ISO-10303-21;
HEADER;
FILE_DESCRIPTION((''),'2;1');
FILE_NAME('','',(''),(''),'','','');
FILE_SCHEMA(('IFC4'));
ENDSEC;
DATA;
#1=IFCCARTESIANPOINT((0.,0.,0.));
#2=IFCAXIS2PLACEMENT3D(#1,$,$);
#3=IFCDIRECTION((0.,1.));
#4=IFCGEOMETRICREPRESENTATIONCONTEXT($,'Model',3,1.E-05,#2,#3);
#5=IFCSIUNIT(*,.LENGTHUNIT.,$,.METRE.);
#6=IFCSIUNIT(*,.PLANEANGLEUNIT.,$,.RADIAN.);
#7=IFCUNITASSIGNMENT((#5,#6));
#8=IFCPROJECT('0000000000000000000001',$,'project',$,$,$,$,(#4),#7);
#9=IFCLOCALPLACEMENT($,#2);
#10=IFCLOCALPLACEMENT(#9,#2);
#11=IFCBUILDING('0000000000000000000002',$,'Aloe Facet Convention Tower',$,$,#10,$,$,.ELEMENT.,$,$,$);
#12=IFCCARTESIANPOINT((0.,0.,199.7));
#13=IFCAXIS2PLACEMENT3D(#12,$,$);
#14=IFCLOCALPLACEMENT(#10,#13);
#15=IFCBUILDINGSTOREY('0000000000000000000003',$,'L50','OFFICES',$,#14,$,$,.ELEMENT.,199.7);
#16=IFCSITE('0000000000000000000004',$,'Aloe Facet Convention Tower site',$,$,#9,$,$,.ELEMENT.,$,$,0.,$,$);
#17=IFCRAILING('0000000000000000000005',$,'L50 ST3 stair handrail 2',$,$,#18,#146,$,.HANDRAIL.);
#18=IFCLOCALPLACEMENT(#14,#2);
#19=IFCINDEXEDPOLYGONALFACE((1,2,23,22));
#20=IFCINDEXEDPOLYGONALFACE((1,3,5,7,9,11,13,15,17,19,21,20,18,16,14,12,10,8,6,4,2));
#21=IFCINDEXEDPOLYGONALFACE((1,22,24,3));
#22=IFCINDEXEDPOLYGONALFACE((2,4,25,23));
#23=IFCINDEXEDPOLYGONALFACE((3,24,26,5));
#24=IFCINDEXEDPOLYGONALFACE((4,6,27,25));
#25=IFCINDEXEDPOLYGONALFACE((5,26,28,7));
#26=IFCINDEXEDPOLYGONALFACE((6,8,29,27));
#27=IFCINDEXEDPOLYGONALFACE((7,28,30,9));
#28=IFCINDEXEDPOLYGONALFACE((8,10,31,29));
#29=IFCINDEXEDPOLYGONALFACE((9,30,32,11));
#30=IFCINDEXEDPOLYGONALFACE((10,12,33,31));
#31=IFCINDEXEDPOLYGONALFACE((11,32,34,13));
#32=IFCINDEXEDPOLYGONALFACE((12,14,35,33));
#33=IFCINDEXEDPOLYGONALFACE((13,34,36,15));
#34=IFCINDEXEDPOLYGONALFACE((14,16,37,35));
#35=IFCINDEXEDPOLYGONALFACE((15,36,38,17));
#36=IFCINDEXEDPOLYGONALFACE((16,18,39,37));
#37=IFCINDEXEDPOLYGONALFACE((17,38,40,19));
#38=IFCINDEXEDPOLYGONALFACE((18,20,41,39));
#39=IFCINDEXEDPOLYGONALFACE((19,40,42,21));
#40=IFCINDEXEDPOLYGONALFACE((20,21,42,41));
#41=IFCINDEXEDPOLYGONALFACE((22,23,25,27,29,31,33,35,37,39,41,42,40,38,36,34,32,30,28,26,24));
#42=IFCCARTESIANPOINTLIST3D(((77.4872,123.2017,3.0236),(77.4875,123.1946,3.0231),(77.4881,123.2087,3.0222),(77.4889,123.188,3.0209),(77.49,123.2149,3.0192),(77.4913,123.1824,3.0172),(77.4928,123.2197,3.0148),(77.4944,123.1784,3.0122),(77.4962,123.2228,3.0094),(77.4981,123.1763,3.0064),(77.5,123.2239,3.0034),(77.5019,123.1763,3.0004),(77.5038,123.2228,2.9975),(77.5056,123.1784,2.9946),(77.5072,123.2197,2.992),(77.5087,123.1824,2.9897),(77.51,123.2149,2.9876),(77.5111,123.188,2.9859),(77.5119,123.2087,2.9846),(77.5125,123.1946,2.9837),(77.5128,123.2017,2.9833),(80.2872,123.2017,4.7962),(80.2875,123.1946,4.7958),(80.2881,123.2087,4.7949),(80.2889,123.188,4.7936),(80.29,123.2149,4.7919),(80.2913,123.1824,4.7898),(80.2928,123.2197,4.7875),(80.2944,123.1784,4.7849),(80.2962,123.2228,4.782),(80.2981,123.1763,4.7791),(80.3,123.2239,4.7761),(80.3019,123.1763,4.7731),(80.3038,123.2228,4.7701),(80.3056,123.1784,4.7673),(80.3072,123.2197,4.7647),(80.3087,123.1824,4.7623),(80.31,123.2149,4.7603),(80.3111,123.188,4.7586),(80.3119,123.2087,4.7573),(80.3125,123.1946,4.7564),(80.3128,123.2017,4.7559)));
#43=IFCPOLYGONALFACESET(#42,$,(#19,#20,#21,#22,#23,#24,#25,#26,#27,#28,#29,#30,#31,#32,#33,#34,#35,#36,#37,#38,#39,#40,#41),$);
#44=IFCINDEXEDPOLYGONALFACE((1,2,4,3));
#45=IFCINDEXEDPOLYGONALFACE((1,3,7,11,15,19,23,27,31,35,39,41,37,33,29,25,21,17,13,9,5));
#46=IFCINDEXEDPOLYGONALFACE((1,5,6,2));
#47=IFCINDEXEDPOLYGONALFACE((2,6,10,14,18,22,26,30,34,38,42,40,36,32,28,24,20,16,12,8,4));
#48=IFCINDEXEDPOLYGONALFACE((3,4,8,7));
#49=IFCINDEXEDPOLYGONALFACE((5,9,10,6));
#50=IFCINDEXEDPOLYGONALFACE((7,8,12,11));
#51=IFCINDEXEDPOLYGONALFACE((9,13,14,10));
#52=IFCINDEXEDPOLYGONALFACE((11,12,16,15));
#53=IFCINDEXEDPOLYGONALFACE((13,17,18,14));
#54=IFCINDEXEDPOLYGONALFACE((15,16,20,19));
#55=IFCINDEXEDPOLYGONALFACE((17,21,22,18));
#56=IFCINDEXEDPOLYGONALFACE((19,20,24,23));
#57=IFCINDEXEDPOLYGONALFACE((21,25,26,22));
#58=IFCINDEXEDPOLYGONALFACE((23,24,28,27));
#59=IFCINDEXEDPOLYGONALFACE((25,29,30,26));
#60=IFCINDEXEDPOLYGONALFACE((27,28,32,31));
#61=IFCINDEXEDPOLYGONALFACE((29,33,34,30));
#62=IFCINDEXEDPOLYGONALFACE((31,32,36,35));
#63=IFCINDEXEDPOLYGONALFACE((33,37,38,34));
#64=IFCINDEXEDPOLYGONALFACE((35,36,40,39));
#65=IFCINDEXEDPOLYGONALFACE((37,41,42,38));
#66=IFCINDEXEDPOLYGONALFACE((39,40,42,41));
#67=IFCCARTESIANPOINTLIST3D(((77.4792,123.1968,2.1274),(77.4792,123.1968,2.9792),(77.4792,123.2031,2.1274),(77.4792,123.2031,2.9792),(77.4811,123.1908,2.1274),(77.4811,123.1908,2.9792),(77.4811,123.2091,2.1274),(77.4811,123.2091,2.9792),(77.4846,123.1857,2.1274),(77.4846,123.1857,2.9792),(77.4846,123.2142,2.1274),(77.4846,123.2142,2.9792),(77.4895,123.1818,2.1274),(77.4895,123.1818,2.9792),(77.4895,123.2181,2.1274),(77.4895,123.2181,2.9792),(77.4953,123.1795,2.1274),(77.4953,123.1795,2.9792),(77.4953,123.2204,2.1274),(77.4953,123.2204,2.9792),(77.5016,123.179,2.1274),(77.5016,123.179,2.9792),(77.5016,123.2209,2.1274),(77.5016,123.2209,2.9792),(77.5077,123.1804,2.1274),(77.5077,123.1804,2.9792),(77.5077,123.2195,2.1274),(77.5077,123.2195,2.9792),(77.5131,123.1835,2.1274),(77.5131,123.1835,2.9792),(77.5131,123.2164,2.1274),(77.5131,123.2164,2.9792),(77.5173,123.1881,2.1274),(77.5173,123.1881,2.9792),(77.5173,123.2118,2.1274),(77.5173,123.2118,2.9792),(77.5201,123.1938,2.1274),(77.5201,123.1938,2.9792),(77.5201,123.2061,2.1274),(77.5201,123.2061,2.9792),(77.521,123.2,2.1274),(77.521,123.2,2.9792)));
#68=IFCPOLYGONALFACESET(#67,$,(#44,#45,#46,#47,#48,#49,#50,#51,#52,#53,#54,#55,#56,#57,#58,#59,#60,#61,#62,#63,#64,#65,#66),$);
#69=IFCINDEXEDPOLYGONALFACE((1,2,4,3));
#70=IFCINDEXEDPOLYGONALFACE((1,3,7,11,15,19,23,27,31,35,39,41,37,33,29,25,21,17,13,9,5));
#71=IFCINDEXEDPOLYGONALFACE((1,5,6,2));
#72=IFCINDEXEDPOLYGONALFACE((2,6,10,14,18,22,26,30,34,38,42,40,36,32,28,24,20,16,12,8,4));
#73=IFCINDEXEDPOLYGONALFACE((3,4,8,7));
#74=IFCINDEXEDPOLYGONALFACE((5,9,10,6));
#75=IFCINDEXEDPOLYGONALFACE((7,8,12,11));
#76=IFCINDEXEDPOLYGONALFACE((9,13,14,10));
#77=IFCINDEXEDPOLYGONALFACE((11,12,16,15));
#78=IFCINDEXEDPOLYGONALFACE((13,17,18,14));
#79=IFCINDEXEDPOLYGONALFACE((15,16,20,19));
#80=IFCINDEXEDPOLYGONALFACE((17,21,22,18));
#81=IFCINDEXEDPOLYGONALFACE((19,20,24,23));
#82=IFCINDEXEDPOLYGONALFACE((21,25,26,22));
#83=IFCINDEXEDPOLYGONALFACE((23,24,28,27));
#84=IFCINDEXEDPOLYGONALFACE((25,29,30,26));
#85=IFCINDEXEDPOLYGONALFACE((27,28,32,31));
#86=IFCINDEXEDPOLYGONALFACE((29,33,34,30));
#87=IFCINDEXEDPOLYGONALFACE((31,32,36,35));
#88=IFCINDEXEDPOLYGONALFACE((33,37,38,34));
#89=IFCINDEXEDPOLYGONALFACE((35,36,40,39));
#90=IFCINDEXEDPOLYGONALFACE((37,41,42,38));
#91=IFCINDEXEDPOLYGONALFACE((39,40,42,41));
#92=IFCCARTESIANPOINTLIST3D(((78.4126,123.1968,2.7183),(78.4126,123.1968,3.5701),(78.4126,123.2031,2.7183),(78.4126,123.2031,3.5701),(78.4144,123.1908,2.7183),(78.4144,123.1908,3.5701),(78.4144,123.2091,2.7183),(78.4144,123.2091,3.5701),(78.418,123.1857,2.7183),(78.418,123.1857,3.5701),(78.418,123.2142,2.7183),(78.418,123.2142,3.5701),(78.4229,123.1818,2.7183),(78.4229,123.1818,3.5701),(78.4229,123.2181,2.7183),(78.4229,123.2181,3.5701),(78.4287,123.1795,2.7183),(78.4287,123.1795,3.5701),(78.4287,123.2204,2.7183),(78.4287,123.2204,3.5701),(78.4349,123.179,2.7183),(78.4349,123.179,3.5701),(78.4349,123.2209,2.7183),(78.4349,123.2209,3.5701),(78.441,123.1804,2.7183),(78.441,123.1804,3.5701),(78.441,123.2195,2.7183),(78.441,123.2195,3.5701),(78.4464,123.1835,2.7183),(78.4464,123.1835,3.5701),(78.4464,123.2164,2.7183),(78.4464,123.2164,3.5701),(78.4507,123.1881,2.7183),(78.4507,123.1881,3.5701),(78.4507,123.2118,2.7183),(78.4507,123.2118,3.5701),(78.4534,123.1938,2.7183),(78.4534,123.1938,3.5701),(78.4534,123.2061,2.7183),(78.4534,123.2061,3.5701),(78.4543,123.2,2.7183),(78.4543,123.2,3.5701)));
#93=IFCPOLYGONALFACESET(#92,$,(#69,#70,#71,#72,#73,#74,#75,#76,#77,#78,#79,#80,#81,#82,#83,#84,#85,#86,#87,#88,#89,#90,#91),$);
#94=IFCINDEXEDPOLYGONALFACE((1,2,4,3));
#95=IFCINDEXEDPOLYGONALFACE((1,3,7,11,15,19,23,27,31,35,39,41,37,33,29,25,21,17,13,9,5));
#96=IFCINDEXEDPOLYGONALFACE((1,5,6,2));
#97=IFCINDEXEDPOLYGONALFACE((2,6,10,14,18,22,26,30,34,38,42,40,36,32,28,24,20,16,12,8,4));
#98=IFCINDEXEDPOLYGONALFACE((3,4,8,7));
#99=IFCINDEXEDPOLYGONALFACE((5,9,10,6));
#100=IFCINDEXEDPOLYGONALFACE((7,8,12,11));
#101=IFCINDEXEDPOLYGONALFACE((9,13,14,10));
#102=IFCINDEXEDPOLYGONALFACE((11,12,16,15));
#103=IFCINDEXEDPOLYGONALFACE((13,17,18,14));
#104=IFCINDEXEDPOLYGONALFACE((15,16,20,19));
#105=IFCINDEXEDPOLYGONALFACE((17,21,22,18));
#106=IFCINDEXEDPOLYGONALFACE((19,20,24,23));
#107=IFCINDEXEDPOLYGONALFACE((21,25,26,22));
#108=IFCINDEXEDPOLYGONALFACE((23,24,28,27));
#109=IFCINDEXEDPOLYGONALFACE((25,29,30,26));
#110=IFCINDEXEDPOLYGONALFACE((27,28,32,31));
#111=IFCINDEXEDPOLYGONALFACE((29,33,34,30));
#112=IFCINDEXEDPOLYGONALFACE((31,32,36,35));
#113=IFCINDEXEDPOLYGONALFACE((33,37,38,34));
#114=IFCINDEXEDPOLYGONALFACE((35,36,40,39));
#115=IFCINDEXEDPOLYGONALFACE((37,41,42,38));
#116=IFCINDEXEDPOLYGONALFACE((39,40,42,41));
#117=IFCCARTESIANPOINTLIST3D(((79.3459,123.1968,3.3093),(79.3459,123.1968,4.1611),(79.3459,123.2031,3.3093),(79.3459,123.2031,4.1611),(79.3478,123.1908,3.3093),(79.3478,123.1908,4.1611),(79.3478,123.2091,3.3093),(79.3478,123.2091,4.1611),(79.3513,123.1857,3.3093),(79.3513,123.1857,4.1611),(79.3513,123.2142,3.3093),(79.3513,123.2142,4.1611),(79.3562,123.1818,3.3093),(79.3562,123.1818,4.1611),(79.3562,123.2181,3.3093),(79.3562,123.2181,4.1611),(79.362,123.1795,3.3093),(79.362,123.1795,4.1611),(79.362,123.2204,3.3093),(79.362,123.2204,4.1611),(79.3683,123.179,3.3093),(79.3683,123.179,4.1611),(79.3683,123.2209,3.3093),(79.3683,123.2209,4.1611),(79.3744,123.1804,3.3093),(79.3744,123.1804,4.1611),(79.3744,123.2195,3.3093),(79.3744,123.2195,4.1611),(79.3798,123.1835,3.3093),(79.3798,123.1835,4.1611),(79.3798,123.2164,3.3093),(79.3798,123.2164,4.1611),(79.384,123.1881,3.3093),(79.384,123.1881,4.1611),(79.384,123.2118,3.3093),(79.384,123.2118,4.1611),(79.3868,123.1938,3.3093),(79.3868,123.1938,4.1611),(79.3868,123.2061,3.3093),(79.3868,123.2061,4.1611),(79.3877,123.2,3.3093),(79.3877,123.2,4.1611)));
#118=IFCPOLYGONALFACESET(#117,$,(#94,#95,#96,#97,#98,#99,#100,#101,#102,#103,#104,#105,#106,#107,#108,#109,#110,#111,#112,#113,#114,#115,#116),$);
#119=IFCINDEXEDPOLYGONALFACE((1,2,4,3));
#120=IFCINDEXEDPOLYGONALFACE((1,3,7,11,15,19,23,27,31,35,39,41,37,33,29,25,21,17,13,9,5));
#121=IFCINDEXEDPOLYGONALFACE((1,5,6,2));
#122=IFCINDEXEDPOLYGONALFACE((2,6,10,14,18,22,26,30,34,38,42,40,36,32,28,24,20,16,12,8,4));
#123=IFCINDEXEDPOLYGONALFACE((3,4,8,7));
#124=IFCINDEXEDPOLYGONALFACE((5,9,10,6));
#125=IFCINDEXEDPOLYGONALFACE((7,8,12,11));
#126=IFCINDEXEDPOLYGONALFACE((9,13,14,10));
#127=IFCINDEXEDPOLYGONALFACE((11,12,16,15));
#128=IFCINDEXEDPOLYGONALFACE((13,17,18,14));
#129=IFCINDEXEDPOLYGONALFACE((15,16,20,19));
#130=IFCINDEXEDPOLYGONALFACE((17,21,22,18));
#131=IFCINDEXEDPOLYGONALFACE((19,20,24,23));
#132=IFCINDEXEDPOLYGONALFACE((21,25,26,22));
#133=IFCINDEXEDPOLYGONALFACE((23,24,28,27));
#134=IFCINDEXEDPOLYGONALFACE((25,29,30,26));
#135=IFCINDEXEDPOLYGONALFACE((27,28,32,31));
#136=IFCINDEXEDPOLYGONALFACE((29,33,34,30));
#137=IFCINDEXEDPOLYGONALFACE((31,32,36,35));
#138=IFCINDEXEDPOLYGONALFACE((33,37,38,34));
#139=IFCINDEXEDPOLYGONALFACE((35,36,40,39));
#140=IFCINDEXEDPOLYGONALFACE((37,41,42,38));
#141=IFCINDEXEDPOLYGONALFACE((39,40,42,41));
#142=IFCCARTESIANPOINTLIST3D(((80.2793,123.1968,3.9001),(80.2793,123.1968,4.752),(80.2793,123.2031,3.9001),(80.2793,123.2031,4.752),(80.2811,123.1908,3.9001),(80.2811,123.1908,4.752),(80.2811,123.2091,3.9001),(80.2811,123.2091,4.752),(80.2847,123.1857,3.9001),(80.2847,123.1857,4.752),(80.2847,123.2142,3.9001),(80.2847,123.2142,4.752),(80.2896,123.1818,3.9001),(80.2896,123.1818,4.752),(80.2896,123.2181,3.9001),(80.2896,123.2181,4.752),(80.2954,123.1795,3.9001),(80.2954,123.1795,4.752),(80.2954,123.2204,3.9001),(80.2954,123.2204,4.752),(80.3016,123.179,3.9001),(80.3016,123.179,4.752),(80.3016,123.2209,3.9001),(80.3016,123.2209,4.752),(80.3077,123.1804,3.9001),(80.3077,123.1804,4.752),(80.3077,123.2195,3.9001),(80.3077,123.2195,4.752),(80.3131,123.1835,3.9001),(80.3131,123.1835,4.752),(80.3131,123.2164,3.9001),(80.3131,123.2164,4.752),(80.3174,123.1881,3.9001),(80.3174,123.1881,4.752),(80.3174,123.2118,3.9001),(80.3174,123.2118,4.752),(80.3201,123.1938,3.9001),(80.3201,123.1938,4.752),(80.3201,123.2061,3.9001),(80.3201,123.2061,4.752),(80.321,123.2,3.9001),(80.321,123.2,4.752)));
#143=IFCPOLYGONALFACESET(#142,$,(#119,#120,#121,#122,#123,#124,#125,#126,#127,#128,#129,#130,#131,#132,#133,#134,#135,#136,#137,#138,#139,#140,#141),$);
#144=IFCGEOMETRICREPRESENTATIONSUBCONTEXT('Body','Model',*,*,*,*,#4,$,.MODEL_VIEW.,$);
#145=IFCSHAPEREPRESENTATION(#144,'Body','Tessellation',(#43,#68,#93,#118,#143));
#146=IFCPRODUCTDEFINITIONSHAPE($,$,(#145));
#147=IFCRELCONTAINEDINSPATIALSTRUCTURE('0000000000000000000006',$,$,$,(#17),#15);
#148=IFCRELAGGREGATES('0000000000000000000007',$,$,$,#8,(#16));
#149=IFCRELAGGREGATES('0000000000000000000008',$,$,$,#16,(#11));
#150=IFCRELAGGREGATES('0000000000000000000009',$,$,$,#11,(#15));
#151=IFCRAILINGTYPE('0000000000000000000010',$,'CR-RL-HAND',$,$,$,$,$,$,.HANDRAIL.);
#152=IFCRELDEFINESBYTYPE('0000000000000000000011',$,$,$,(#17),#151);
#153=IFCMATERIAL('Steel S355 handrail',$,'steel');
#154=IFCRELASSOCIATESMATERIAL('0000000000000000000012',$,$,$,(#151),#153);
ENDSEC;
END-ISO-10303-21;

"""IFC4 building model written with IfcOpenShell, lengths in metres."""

from ifc_helpers import new_model, si_unit, direction, frame, origin, origin_2d, place, context, subcontext, project, spatial, circle, extrude, material, type_object, element, save


model = new_model("IFC4")

# Units and contexts
model_context = context("Model", 3, precision=1e-05, world=origin(), true_north=direction((0.0, 1.0)))
body_context = subcontext(model_context, "Body", "Model", "MODEL_VIEW")
ifc_project = project(units=[si_unit("LENGTHUNIT", "METRE"), si_unit("PLANEANGLEUNIT", "RADIAN")], contexts=[model_context])

# Site, building, storey
site_placement = place(None, origin())
site = spatial("IfcSite", under=ifc_project, at=site_placement, Name="Aloe Facet Convention Tower site", CompositionType="ELEMENT", RefElevation=0.0)
building_placement = place(site_placement, origin())
building = spatial("IfcBuilding", under=site, at=building_placement, Name="Aloe Facet Convention Tower", CompositionType="ELEMENT")
storey_placement = place(building_placement, frame((0.0, 0.0, 199.7)))
storey = spatial("IfcBuildingStorey", under=building, at=storey_placement, Name="L50", Description="OFFICES", CompositionType="ELEMENT", Elevation=199.7)

# Railing
ifc_material_1 = material(Name="Steel S355 handrail", Category="steel")
railing_type_1 = type_object("IfcRailingType", Name="CR-RL-HAND", PredefinedType="HANDRAIL", material=ifc_material_1)
railing_1_placement = place(storey_placement, frame((77.5, 123.2, 2.1274)))
element("IfcRailing", 1, at=railing_1_placement, inside=storey, type_object=railing_type_1, Name="L50 ST3 stair handrail 2", PredefinedType="HANDRAIL", context=body_context, shape_type="SweptSolid", body=[
    extrude(circle(Radius=0.0239, at=origin_2d()), frame((0.0, 0.0, 0.876), z_axis=(0.844909, 0.0, 0.53491), x_axis=(0.0, 1.0, 0.0)), (0.0, 0.0, 1.0), 3.314),
    extrude(circle(Radius=0.021, at=origin_2d()), origin(), (0.0, 0.0, 1.0), 0.8518),
    extrude(circle(Radius=0.021, at=origin_2d()), frame((0.9333, 0.0, 0.5908)), (0.0, 0.0, 1.0), 0.8518),
    extrude(circle(Radius=0.021, at=origin_2d()), frame((1.8667, 0.0, 1.1819)), (0.0, 0.0, 1.0), 0.8518),
    extrude(circle(Radius=0.021, at=origin_2d()), frame((2.8, 0.0, 1.7727)), (0.0, 0.0, 1.0), 0.8518),
])

save(model, "model.ifc")
